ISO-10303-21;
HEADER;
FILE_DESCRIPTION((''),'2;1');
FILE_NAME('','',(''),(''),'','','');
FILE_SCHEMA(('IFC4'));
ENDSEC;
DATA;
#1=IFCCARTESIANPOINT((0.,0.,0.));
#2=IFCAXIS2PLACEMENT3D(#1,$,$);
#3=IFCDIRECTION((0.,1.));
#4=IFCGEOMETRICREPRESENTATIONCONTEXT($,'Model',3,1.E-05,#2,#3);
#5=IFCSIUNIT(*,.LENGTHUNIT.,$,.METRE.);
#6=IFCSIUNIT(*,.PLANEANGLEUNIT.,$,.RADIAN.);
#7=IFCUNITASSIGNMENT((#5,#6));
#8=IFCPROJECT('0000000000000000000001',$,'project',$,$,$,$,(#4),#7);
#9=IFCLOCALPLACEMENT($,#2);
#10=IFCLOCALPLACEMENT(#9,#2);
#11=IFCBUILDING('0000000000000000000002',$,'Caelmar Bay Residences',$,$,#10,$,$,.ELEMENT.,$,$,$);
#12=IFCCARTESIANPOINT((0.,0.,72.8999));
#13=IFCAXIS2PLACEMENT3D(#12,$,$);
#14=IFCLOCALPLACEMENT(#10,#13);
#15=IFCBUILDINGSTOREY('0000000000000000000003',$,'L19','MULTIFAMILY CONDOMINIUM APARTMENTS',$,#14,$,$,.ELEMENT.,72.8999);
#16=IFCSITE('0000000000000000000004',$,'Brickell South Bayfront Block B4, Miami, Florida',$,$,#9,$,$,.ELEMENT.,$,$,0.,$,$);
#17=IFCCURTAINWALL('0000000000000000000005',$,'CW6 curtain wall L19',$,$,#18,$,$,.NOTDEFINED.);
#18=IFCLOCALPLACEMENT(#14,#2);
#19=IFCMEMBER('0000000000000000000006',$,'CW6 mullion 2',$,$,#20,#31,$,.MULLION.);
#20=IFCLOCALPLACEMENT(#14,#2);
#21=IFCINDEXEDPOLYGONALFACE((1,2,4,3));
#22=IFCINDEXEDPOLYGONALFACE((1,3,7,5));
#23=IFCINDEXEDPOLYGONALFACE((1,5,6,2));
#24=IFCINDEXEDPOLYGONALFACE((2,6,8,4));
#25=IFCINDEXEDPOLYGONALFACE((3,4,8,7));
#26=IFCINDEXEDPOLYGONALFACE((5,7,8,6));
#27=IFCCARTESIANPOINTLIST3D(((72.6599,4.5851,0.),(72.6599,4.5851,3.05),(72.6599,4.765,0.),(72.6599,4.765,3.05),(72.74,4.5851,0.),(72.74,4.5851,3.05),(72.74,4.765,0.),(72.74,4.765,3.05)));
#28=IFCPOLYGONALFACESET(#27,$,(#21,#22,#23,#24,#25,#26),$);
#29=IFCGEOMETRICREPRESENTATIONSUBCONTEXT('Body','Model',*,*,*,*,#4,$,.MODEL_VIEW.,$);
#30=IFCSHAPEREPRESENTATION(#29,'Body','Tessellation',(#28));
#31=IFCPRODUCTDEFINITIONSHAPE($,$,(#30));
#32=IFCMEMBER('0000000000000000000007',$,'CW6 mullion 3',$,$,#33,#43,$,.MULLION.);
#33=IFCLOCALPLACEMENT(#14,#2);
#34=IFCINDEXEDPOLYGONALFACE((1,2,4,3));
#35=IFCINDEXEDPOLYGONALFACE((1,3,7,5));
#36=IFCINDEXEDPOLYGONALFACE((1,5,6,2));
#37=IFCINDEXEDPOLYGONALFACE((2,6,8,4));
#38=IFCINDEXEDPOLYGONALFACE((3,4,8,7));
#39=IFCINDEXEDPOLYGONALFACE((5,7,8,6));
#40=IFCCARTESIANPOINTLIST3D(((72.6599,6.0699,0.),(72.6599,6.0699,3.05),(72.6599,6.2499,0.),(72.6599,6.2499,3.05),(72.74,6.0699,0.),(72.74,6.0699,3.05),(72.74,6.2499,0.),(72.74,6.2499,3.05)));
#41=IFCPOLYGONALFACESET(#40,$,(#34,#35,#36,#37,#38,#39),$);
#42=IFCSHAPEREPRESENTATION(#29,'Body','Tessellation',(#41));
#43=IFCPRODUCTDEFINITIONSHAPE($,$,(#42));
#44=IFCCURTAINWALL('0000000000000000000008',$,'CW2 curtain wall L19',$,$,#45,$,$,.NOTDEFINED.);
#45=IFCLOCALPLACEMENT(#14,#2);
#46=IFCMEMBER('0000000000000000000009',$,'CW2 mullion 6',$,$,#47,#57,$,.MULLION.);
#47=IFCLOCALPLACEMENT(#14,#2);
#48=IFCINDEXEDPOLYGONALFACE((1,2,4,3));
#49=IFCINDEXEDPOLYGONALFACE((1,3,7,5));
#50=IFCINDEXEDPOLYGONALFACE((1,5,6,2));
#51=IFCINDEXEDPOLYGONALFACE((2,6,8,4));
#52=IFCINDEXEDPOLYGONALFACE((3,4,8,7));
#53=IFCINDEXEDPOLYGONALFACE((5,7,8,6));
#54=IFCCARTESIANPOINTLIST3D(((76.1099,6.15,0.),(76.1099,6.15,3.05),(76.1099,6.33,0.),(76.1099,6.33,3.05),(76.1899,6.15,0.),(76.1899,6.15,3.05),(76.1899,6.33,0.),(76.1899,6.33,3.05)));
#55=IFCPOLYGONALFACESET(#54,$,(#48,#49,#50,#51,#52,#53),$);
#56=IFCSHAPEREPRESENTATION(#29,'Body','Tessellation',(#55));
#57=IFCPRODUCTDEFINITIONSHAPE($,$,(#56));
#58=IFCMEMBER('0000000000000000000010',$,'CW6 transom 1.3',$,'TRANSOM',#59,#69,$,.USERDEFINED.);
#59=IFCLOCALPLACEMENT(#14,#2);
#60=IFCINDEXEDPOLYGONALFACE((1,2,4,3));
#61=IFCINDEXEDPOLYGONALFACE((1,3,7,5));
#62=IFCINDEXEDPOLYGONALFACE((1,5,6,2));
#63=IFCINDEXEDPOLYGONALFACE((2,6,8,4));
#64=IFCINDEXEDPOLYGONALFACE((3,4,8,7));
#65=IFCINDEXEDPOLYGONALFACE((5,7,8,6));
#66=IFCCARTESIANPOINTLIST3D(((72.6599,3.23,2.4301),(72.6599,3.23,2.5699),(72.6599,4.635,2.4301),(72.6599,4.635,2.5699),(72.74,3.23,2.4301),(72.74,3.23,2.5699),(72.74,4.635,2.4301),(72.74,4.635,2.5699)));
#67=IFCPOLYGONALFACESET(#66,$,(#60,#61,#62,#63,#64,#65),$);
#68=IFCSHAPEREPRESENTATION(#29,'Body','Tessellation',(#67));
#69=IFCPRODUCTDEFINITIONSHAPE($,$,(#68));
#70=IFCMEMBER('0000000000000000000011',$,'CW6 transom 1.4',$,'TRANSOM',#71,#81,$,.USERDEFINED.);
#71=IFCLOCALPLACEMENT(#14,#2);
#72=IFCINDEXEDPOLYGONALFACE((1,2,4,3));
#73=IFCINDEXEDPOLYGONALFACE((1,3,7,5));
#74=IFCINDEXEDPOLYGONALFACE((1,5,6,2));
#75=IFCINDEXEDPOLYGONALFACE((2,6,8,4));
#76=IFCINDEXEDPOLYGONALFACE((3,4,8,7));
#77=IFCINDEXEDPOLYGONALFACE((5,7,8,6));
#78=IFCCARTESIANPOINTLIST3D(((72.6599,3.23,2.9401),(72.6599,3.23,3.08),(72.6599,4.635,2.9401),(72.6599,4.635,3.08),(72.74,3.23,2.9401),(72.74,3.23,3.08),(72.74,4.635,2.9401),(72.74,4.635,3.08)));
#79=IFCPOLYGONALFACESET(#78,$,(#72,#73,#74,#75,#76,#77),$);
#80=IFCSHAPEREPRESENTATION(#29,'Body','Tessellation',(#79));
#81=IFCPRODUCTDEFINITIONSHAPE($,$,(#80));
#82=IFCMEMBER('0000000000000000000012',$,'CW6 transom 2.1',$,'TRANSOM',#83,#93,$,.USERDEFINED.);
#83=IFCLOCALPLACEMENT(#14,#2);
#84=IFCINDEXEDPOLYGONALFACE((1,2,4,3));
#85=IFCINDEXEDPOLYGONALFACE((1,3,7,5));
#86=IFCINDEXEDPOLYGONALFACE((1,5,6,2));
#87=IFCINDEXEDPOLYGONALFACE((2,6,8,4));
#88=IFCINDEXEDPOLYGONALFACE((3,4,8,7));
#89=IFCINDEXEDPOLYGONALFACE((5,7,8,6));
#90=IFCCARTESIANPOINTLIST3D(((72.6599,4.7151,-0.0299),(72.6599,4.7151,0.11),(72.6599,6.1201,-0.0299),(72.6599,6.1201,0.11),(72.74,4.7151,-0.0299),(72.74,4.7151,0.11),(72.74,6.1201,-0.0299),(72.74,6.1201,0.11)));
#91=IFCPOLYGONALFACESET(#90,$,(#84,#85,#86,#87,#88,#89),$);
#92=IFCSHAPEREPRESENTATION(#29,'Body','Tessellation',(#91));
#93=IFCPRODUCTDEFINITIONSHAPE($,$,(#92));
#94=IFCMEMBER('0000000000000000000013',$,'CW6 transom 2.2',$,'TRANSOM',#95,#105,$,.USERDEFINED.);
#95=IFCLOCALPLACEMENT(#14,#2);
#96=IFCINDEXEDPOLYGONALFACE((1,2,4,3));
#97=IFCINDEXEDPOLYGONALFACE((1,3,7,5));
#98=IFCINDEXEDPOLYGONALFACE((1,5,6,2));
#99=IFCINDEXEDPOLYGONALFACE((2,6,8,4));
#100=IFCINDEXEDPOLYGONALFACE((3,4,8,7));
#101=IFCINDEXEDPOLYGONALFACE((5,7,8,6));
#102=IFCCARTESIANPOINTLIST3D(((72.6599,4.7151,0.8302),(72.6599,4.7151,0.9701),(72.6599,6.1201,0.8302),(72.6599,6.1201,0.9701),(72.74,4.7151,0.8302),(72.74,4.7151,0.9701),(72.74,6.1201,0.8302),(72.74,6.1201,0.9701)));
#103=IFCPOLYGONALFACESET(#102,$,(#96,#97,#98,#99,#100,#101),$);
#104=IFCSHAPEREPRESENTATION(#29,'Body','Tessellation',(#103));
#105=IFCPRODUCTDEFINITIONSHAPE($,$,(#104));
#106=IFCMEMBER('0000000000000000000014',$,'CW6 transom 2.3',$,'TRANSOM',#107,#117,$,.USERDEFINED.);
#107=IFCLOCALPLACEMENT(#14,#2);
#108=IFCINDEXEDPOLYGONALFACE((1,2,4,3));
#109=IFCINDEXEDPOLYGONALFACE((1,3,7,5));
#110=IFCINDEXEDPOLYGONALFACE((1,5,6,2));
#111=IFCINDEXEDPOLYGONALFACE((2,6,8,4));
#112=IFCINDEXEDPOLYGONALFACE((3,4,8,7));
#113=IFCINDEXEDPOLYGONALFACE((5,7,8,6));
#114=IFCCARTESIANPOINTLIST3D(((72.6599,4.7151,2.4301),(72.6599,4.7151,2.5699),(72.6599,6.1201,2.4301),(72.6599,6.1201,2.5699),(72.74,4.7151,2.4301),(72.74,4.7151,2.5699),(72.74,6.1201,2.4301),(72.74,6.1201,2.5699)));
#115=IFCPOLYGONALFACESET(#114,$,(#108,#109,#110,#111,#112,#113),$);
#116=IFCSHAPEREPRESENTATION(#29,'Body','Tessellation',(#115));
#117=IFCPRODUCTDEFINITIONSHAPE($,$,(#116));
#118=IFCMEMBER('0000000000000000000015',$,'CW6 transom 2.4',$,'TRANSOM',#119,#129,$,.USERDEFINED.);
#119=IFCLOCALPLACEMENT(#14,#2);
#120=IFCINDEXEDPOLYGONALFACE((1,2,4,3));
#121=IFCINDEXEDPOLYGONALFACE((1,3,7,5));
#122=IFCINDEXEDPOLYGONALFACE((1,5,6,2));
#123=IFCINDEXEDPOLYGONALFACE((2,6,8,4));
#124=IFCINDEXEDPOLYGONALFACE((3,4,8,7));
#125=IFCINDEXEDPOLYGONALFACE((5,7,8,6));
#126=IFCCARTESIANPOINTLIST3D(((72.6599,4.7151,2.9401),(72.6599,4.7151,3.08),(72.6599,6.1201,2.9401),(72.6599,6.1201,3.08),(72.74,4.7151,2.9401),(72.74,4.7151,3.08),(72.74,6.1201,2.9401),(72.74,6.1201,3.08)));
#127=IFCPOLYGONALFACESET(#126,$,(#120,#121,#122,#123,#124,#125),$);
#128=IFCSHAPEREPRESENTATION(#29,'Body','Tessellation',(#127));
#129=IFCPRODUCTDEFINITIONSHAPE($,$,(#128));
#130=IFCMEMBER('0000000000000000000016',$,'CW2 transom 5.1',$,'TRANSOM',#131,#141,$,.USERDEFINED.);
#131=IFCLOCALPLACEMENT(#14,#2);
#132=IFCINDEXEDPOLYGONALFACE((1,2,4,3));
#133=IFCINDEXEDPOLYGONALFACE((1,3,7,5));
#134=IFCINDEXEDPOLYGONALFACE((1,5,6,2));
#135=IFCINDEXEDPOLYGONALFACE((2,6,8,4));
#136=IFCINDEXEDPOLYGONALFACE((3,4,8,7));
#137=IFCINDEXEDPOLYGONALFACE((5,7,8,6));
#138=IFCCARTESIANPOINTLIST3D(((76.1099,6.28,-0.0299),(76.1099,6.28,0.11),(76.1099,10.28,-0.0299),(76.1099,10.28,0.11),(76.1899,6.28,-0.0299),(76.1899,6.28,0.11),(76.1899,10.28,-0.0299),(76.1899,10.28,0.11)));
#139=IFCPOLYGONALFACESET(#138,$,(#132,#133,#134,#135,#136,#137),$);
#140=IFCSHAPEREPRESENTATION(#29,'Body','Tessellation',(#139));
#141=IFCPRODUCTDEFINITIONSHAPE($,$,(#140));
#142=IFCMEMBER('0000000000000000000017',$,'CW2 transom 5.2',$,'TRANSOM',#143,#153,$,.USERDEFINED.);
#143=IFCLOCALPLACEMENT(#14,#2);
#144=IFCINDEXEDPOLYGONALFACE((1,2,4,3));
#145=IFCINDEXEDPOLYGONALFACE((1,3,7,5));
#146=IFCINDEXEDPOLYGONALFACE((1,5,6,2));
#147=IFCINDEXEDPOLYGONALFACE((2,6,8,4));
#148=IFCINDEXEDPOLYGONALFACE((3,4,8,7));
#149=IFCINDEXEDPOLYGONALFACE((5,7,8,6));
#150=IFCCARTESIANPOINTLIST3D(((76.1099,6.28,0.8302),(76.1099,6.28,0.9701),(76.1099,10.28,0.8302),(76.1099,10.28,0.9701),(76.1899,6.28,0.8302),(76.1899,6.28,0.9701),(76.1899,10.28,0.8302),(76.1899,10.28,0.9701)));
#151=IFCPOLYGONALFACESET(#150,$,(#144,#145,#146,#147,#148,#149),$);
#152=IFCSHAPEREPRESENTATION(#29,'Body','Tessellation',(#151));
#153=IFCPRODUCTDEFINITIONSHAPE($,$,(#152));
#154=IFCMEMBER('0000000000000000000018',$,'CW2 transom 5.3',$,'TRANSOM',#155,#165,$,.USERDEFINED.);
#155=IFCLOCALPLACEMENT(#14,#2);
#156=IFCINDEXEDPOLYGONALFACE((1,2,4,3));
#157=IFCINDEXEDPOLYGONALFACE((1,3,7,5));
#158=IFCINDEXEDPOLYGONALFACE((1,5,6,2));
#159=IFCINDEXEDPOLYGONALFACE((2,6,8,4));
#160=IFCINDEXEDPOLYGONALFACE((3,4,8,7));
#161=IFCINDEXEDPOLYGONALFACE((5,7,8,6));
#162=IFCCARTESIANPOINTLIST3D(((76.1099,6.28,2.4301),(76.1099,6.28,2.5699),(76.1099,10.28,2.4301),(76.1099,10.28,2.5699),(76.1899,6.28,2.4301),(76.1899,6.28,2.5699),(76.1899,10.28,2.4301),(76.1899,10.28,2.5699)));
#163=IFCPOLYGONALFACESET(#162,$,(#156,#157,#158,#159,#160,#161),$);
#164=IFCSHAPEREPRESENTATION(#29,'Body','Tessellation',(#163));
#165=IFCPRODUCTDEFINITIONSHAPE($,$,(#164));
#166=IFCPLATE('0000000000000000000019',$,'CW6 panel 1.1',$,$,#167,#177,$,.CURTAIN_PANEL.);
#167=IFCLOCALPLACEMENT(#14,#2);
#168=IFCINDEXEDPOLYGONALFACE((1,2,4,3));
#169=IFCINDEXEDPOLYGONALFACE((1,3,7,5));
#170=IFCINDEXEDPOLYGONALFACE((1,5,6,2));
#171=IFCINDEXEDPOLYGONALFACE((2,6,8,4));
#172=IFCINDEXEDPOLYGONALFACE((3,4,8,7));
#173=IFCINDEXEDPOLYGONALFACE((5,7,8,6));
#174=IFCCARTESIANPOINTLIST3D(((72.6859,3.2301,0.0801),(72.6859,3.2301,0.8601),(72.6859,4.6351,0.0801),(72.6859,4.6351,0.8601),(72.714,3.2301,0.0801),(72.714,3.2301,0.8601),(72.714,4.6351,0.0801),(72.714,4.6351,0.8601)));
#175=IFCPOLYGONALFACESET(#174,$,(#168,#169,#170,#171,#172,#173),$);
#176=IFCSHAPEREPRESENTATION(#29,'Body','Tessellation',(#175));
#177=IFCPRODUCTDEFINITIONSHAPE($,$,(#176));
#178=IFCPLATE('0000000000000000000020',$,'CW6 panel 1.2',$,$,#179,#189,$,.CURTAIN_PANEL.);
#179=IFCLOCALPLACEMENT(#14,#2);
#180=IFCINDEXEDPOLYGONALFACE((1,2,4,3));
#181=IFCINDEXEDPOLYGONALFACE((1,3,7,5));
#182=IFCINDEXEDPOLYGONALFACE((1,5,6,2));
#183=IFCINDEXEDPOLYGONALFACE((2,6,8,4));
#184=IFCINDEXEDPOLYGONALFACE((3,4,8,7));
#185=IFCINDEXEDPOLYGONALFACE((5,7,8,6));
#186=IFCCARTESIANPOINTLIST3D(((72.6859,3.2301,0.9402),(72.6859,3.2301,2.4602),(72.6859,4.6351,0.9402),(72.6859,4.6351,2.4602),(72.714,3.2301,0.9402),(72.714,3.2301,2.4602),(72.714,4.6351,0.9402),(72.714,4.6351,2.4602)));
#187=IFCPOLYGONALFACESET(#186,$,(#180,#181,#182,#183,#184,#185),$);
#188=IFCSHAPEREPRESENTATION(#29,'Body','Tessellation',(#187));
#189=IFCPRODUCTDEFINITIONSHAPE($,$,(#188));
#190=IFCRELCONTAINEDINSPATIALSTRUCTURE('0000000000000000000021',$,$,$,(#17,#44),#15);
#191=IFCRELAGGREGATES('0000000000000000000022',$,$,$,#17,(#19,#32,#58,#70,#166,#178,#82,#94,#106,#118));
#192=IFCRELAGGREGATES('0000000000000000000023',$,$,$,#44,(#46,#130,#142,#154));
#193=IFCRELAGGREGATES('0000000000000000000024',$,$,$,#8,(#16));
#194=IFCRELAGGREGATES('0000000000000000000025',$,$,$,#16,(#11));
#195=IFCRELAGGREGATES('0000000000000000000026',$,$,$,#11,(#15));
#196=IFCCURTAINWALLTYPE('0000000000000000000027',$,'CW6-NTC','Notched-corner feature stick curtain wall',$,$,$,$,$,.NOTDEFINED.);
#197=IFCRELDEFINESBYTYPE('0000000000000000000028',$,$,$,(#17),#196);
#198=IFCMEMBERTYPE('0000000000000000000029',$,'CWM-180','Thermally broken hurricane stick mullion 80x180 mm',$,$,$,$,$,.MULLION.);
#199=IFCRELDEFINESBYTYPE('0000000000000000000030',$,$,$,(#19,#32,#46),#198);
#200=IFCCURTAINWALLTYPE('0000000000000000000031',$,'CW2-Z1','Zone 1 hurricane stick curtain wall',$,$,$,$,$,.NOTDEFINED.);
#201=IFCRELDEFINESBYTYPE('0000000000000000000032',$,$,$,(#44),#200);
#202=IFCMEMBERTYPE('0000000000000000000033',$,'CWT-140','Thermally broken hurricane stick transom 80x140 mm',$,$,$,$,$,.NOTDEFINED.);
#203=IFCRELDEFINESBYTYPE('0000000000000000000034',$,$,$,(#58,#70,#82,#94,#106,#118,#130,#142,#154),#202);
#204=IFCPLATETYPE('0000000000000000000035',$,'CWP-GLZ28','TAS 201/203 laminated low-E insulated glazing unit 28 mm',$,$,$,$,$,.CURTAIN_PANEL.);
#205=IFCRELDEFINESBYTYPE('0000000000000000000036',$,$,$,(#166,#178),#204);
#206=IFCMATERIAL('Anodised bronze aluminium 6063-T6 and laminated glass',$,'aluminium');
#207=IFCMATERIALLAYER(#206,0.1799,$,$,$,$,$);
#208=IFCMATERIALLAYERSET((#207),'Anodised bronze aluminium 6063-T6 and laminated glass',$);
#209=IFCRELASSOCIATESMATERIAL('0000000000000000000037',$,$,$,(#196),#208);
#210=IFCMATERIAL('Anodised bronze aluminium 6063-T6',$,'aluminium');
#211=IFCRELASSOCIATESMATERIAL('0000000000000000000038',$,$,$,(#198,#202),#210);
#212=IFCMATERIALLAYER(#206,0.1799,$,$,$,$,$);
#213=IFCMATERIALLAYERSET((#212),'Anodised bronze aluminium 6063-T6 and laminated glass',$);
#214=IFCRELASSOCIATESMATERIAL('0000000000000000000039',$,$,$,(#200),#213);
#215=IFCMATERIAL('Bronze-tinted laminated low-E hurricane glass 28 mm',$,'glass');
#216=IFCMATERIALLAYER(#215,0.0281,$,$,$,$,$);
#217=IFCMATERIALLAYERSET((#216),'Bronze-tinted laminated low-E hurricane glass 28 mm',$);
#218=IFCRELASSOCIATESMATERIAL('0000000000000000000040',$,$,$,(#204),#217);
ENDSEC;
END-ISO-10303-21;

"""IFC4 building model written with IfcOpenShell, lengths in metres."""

from ifc_helpers import new_model, si_unit, direction, frame, origin, origin_2d, place, context, subcontext, project, spatial, rectangle, extrude, material, layer, layer_set, material_profile, profile_set, type_object, element, aggregate, save


model = new_model("IFC4")

# Units and contexts
model_context = context("Model", 3, precision=1e-05, world=origin(), true_north=direction((0.0, 1.0)))
body_context = subcontext(model_context, "Body", "Model", "MODEL_VIEW")
ifc_project = project(units=[si_unit("LENGTHUNIT", "METRE"), si_unit("PLANEANGLEUNIT", "RADIAN")], contexts=[model_context])

# Site, building, storey
site_placement = place(None, origin())
site = spatial("IfcSite", under=ifc_project, at=site_placement, Name="Brickell South Bayfront Block B4, Miami, Florida", CompositionType="ELEMENT", RefElevation=0.0)
building_placement = place(site_placement, origin())
building = spatial("IfcBuilding", under=site, at=building_placement, Name="Caelmar Bay Residences", CompositionType="ELEMENT")
storey_placement = place(building_placement, frame((0.0, 0.0, 72.8999)))
storey = spatial("IfcBuildingStorey", under=building, at=storey_placement, Name="L19", Description="MULTIFAMILY CONDOMINIUM APARTMENTS", CompositionType="ELEMENT", Elevation=72.8999)

# Curtain wall, members
ifc_material_1 = material(Name="Anodised bronze aluminium 6063-T6 and laminated glass", Category="aluminium")
ifc_layer_1 = layer(ifc_material_1, 0.1799)
ifc_layer_set_1 = layer_set([ifc_layer_1], Name="Anodised bronze aluminium 6063-T6 and laminated glass")
curtain_wall_type_1 = type_object("IfcCurtainWallType", Name="CW6-NTC", Description="Notched-corner feature stick curtain wall", PredefinedType="NOTDEFINED", material=ifc_layer_set_1)
curtain_wall_1_placement = place(storey_placement, origin())
curtain_wall_1 = element("IfcCurtainWall", 1, at=curtain_wall_1_placement, inside=storey, type_object=curtain_wall_type_1, Name="CW6 curtain wall L19", PredefinedType="NOTDEFINED")
ifc_material_2 = material(Name="Anodised bronze aluminium 6063-T6", Category="aluminium")
ifc_material_profile_1 = material_profile(ifc_material_2, rectangle(XDim=0.0801, YDim=0.1799, at=origin_2d()), Name="CWM-80X180")
ifc_profile_set_1 = profile_set([ifc_material_profile_1], Name="Anodised bronze aluminium 6063-T6")
member_type_1 = type_object("IfcMemberType", Name="CWM-180", Description="Thermally broken hurricane stick mullion 80x180 mm", PredefinedType="MULLION", material=ifc_profile_set_1)
member_1_placement = place(storey_placement, frame((72.7, 4.675, 0.0), z_axis=(0.0, 0.0, 1.0), x_axis=(-1.0, 0.0, 0.0)))
member_1 = element("IfcMember", 2, at=member_1_placement, type_object=member_type_1, Name="CW6 mullion 2", PredefinedType="MULLION", context=body_context, shape_type="SweptSolid", body=[
    extrude(rectangle(XDim=0.0801, YDim=0.1799, at=origin_2d()), origin(), (0.0, 0.0, 1.0), 3.05),
])
member_2_placement = place(storey_placement, frame((72.7, 6.1599, 0.0), z_axis=(0.0, 0.0, 1.0), x_axis=(-1.0, 0.0, 0.0)))
member_2 = element("IfcMember", 3, at=member_2_placement, type_object=member_type_1, Name="CW6 mullion 3", PredefinedType="MULLION", context=body_context, shape_type="SweptSolid", body=[
    extrude(rectangle(XDim=0.0801, YDim=0.1799, at=origin_2d()), origin(), (0.0, 0.0, 1.0), 3.05),
])

# Curtain wall, member
ifc_layer_2 = layer(ifc_material_1, 0.1799)
ifc_layer_set_2 = layer_set([ifc_layer_2], Name="Anodised bronze aluminium 6063-T6 and laminated glass")
curtain_wall_type_2 = type_object("IfcCurtainWallType", Name="CW2-Z1", Description="Zone 1 hurricane stick curtain wall", PredefinedType="NOTDEFINED", material=ifc_layer_set_2)
curtain_wall_2_placement = place(storey_placement, origin())
curtain_wall_2 = element("IfcCurtainWall", 4, at=curtain_wall_2_placement, inside=storey, type_object=curtain_wall_type_2, Name="CW2 curtain wall L19", PredefinedType="NOTDEFINED")
member_3_placement = place(storey_placement, frame((76.1499, 6.24, 0.0), z_axis=(0.0, 0.0, 1.0), x_axis=(1.0, 0.0, 0.0)))
member_3 = element("IfcMember", 5, at=member_3_placement, type_object=member_type_1, Name="CW2 mullion 6", PredefinedType="MULLION", context=body_context, shape_type="SweptSolid", body=[
    extrude(rectangle(XDim=0.0801, YDim=0.1799, at=origin_2d()), origin(), (0.0, 0.0, 1.0), 3.05),
])

# Members
ifc_material_profile_2 = material_profile(ifc_material_2, rectangle(XDim=0.0801, YDim=0.1399, at=origin_2d()), Name="CWT-80X140")
ifc_profile_set_2 = profile_set([ifc_material_profile_2], Name="Anodised bronze aluminium 6063-T6")
member_type_2 = type_object("IfcMemberType", Name="CWT-140", Description="Thermally broken hurricane stick transom 80x140 mm", PredefinedType="NOTDEFINED", material=ifc_profile_set_2)
member_4_placement = place(storey_placement, frame((72.7, 3.23, 2.5), z_axis=(0.0, 1.0, 0.0), x_axis=(-1.0, 0.0, 0.0)))
member_4 = element("IfcMember", 6, at=member_4_placement, type_object=member_type_2, Name="CW6 transom 1.3", ObjectType="TRANSOM", PredefinedType="USERDEFINED", context=body_context, shape_type="SweptSolid", body=[
    extrude(rectangle(XDim=0.0801, YDim=0.1399, at=origin_2d()), origin(), (0.0, 0.0, 1.0), 1.405),
])
member_5_placement = place(storey_placement, frame((72.7, 3.23, 3.01), z_axis=(0.0, 1.0, 0.0), x_axis=(-1.0, 0.0, 0.0)))
member_5 = element("IfcMember", 7, at=member_5_placement, type_object=member_type_2, Name="CW6 transom 1.4", ObjectType="TRANSOM", PredefinedType="USERDEFINED", context=body_context, shape_type="SweptSolid", body=[
    extrude(rectangle(XDim=0.0801, YDim=0.1399, at=origin_2d()), origin(), (0.0, 0.0, 1.0), 1.405),
])
member_6_placement = place(storey_placement, frame((72.7, 4.7151, 0.04), z_axis=(0.0, 1.0, 0.0), x_axis=(-1.0, 0.0, 0.0)))
member_6 = element("IfcMember", 8, at=member_6_placement, type_object=member_type_2, Name="CW6 transom 2.1", ObjectType="TRANSOM", PredefinedType="USERDEFINED", context=body_context, shape_type="SweptSolid", body=[
    extrude(rectangle(XDim=0.0801, YDim=0.1399, at=origin_2d()), origin(), (0.0, 0.0, 1.0), 1.405),
])
member_7_placement = place(storey_placement, frame((72.7, 4.7151, 0.9001), z_axis=(0.0, 1.0, 0.0), x_axis=(-1.0, 0.0, 0.0)))
member_7 = element("IfcMember", 9, at=member_7_placement, type_object=member_type_2, Name="CW6 transom 2.2", ObjectType="TRANSOM", PredefinedType="USERDEFINED", context=body_context, shape_type="SweptSolid", body=[
    extrude(rectangle(XDim=0.0801, YDim=0.1399, at=origin_2d()), origin(), (0.0, 0.0, 1.0), 1.405),
])
member_8_placement = place(storey_placement, frame((72.7, 4.7151, 2.5), z_axis=(0.0, 1.0, 0.0), x_axis=(-1.0, 0.0, 0.0)))
member_8 = element("IfcMember", 10, at=member_8_placement, type_object=member_type_2, Name="CW6 transom 2.3", ObjectType="TRANSOM", PredefinedType="USERDEFINED", context=body_context, shape_type="SweptSolid", body=[
    extrude(rectangle(XDim=0.0801, YDim=0.1399, at=origin_2d()), origin(), (0.0, 0.0, 1.0), 1.405),
])
member_9_placement = place(storey_placement, frame((72.7, 4.7151, 3.01), z_axis=(0.0, 1.0, 0.0), x_axis=(-1.0, 0.0, 0.0)))
member_9 = element("IfcMember", 11, at=member_9_placement, type_object=member_type_2, Name="CW6 transom 2.4", ObjectType="TRANSOM", PredefinedType="USERDEFINED", context=body_context, shape_type="SweptSolid", body=[
    extrude(rectangle(XDim=0.0801, YDim=0.1399, at=origin_2d()), origin(), (0.0, 0.0, 1.0), 1.405),
])
member_10_placement = place(storey_placement, frame((76.1499, 10.28, 0.04), z_axis=(0.0, -1.0, 0.0), x_axis=(1.0, 0.0, 0.0)))
member_10 = element("IfcMember", 12, at=member_10_placement, type_object=member_type_2, Name="CW2 transom 5.1", ObjectType="TRANSOM", PredefinedType="USERDEFINED", context=body_context, shape_type="SweptSolid", body=[
    extrude(rectangle(XDim=0.0801, YDim=0.1399, at=origin_2d()), origin(), (0.0, 0.0, 1.0), 4.0),
])
member_11_placement = place(storey_placement, frame((76.1499, 10.28, 0.9001), z_axis=(0.0, -1.0, 0.0), x_axis=(1.0, 0.0, 0.0)))
member_11 = element("IfcMember", 13, at=member_11_placement, type_object=member_type_2, Name="CW2 transom 5.2", ObjectType="TRANSOM", PredefinedType="USERDEFINED", context=body_context, shape_type="SweptSolid", body=[
    extrude(rectangle(XDim=0.0801, YDim=0.1399, at=origin_2d()), origin(), (0.0, 0.0, 1.0), 4.0),
])
member_12_placement = place(storey_placement, frame((76.1499, 10.28, 2.5), z_axis=(0.0, -1.0, 0.0), x_axis=(1.0, 0.0, 0.0)))
member_12 = element("IfcMember", 14, at=member_12_placement, type_object=member_type_2, Name="CW2 transom 5.3", ObjectType="TRANSOM", PredefinedType="USERDEFINED", context=body_context, shape_type="SweptSolid", body=[
    extrude(rectangle(XDim=0.0801, YDim=0.1399, at=origin_2d()), origin(), (0.0, 0.0, 1.0), 4.0),
])

# Plates
ifc_material_3 = material(Name="Bronze-tinted laminated low-E hurricane glass 28 mm", Category="glass")
ifc_layer_3 = layer(ifc_material_3, 0.0281)
ifc_layer_set_3 = layer_set([ifc_layer_3], Name="Bronze-tinted laminated low-E hurricane glass 28 mm")
plate_type = type_object("IfcPlateType", Name="CWP-GLZ28", Description="TAS 201/203 laminated low-E insulated glazing unit 28 mm", PredefinedType="CURTAIN_PANEL", material=ifc_layer_set_3)
plate_1_placement = place(storey_placement, frame((72.7, 3.9326, 0.0801), z_axis=(0.0, 0.0, 1.0), x_axis=(0.0, 1.0, 0.0)))
plate_1 = element("IfcPlate", 15, at=plate_1_placement, type_object=plate_type, Name="CW6 panel 1.1", PredefinedType="CURTAIN_PANEL", context=body_context, shape_type="SweptSolid", body=[
    extrude(rectangle(XDim=1.405, YDim=0.0281, at=origin_2d()), origin(), (0.0, 0.0, 1.0), 0.78),
])
plate_2_placement = place(storey_placement, frame((72.7, 3.9326, 0.9402), z_axis=(0.0, 0.0, 1.0), x_axis=(0.0, 1.0, 0.0)))
plate_2 = element("IfcPlate", 16, at=plate_2_placement, type_object=plate_type, Name="CW6 panel 1.2", PredefinedType="CURTAIN_PANEL", context=body_context, shape_type="SweptSolid", body=[
    extrude(rectangle(XDim=1.405, YDim=0.0281, at=origin_2d()), origin(), (0.0, 0.0, 1.0), 1.52),
])
aggregate(curtain_wall_1, [member_1, member_2, member_4, member_5, plate_1, plate_2, member_6, member_7, member_8, member_9])
aggregate(curtain_wall_2, [member_3, member_10, member_11, member_12])

save(model, "model.ifc")
